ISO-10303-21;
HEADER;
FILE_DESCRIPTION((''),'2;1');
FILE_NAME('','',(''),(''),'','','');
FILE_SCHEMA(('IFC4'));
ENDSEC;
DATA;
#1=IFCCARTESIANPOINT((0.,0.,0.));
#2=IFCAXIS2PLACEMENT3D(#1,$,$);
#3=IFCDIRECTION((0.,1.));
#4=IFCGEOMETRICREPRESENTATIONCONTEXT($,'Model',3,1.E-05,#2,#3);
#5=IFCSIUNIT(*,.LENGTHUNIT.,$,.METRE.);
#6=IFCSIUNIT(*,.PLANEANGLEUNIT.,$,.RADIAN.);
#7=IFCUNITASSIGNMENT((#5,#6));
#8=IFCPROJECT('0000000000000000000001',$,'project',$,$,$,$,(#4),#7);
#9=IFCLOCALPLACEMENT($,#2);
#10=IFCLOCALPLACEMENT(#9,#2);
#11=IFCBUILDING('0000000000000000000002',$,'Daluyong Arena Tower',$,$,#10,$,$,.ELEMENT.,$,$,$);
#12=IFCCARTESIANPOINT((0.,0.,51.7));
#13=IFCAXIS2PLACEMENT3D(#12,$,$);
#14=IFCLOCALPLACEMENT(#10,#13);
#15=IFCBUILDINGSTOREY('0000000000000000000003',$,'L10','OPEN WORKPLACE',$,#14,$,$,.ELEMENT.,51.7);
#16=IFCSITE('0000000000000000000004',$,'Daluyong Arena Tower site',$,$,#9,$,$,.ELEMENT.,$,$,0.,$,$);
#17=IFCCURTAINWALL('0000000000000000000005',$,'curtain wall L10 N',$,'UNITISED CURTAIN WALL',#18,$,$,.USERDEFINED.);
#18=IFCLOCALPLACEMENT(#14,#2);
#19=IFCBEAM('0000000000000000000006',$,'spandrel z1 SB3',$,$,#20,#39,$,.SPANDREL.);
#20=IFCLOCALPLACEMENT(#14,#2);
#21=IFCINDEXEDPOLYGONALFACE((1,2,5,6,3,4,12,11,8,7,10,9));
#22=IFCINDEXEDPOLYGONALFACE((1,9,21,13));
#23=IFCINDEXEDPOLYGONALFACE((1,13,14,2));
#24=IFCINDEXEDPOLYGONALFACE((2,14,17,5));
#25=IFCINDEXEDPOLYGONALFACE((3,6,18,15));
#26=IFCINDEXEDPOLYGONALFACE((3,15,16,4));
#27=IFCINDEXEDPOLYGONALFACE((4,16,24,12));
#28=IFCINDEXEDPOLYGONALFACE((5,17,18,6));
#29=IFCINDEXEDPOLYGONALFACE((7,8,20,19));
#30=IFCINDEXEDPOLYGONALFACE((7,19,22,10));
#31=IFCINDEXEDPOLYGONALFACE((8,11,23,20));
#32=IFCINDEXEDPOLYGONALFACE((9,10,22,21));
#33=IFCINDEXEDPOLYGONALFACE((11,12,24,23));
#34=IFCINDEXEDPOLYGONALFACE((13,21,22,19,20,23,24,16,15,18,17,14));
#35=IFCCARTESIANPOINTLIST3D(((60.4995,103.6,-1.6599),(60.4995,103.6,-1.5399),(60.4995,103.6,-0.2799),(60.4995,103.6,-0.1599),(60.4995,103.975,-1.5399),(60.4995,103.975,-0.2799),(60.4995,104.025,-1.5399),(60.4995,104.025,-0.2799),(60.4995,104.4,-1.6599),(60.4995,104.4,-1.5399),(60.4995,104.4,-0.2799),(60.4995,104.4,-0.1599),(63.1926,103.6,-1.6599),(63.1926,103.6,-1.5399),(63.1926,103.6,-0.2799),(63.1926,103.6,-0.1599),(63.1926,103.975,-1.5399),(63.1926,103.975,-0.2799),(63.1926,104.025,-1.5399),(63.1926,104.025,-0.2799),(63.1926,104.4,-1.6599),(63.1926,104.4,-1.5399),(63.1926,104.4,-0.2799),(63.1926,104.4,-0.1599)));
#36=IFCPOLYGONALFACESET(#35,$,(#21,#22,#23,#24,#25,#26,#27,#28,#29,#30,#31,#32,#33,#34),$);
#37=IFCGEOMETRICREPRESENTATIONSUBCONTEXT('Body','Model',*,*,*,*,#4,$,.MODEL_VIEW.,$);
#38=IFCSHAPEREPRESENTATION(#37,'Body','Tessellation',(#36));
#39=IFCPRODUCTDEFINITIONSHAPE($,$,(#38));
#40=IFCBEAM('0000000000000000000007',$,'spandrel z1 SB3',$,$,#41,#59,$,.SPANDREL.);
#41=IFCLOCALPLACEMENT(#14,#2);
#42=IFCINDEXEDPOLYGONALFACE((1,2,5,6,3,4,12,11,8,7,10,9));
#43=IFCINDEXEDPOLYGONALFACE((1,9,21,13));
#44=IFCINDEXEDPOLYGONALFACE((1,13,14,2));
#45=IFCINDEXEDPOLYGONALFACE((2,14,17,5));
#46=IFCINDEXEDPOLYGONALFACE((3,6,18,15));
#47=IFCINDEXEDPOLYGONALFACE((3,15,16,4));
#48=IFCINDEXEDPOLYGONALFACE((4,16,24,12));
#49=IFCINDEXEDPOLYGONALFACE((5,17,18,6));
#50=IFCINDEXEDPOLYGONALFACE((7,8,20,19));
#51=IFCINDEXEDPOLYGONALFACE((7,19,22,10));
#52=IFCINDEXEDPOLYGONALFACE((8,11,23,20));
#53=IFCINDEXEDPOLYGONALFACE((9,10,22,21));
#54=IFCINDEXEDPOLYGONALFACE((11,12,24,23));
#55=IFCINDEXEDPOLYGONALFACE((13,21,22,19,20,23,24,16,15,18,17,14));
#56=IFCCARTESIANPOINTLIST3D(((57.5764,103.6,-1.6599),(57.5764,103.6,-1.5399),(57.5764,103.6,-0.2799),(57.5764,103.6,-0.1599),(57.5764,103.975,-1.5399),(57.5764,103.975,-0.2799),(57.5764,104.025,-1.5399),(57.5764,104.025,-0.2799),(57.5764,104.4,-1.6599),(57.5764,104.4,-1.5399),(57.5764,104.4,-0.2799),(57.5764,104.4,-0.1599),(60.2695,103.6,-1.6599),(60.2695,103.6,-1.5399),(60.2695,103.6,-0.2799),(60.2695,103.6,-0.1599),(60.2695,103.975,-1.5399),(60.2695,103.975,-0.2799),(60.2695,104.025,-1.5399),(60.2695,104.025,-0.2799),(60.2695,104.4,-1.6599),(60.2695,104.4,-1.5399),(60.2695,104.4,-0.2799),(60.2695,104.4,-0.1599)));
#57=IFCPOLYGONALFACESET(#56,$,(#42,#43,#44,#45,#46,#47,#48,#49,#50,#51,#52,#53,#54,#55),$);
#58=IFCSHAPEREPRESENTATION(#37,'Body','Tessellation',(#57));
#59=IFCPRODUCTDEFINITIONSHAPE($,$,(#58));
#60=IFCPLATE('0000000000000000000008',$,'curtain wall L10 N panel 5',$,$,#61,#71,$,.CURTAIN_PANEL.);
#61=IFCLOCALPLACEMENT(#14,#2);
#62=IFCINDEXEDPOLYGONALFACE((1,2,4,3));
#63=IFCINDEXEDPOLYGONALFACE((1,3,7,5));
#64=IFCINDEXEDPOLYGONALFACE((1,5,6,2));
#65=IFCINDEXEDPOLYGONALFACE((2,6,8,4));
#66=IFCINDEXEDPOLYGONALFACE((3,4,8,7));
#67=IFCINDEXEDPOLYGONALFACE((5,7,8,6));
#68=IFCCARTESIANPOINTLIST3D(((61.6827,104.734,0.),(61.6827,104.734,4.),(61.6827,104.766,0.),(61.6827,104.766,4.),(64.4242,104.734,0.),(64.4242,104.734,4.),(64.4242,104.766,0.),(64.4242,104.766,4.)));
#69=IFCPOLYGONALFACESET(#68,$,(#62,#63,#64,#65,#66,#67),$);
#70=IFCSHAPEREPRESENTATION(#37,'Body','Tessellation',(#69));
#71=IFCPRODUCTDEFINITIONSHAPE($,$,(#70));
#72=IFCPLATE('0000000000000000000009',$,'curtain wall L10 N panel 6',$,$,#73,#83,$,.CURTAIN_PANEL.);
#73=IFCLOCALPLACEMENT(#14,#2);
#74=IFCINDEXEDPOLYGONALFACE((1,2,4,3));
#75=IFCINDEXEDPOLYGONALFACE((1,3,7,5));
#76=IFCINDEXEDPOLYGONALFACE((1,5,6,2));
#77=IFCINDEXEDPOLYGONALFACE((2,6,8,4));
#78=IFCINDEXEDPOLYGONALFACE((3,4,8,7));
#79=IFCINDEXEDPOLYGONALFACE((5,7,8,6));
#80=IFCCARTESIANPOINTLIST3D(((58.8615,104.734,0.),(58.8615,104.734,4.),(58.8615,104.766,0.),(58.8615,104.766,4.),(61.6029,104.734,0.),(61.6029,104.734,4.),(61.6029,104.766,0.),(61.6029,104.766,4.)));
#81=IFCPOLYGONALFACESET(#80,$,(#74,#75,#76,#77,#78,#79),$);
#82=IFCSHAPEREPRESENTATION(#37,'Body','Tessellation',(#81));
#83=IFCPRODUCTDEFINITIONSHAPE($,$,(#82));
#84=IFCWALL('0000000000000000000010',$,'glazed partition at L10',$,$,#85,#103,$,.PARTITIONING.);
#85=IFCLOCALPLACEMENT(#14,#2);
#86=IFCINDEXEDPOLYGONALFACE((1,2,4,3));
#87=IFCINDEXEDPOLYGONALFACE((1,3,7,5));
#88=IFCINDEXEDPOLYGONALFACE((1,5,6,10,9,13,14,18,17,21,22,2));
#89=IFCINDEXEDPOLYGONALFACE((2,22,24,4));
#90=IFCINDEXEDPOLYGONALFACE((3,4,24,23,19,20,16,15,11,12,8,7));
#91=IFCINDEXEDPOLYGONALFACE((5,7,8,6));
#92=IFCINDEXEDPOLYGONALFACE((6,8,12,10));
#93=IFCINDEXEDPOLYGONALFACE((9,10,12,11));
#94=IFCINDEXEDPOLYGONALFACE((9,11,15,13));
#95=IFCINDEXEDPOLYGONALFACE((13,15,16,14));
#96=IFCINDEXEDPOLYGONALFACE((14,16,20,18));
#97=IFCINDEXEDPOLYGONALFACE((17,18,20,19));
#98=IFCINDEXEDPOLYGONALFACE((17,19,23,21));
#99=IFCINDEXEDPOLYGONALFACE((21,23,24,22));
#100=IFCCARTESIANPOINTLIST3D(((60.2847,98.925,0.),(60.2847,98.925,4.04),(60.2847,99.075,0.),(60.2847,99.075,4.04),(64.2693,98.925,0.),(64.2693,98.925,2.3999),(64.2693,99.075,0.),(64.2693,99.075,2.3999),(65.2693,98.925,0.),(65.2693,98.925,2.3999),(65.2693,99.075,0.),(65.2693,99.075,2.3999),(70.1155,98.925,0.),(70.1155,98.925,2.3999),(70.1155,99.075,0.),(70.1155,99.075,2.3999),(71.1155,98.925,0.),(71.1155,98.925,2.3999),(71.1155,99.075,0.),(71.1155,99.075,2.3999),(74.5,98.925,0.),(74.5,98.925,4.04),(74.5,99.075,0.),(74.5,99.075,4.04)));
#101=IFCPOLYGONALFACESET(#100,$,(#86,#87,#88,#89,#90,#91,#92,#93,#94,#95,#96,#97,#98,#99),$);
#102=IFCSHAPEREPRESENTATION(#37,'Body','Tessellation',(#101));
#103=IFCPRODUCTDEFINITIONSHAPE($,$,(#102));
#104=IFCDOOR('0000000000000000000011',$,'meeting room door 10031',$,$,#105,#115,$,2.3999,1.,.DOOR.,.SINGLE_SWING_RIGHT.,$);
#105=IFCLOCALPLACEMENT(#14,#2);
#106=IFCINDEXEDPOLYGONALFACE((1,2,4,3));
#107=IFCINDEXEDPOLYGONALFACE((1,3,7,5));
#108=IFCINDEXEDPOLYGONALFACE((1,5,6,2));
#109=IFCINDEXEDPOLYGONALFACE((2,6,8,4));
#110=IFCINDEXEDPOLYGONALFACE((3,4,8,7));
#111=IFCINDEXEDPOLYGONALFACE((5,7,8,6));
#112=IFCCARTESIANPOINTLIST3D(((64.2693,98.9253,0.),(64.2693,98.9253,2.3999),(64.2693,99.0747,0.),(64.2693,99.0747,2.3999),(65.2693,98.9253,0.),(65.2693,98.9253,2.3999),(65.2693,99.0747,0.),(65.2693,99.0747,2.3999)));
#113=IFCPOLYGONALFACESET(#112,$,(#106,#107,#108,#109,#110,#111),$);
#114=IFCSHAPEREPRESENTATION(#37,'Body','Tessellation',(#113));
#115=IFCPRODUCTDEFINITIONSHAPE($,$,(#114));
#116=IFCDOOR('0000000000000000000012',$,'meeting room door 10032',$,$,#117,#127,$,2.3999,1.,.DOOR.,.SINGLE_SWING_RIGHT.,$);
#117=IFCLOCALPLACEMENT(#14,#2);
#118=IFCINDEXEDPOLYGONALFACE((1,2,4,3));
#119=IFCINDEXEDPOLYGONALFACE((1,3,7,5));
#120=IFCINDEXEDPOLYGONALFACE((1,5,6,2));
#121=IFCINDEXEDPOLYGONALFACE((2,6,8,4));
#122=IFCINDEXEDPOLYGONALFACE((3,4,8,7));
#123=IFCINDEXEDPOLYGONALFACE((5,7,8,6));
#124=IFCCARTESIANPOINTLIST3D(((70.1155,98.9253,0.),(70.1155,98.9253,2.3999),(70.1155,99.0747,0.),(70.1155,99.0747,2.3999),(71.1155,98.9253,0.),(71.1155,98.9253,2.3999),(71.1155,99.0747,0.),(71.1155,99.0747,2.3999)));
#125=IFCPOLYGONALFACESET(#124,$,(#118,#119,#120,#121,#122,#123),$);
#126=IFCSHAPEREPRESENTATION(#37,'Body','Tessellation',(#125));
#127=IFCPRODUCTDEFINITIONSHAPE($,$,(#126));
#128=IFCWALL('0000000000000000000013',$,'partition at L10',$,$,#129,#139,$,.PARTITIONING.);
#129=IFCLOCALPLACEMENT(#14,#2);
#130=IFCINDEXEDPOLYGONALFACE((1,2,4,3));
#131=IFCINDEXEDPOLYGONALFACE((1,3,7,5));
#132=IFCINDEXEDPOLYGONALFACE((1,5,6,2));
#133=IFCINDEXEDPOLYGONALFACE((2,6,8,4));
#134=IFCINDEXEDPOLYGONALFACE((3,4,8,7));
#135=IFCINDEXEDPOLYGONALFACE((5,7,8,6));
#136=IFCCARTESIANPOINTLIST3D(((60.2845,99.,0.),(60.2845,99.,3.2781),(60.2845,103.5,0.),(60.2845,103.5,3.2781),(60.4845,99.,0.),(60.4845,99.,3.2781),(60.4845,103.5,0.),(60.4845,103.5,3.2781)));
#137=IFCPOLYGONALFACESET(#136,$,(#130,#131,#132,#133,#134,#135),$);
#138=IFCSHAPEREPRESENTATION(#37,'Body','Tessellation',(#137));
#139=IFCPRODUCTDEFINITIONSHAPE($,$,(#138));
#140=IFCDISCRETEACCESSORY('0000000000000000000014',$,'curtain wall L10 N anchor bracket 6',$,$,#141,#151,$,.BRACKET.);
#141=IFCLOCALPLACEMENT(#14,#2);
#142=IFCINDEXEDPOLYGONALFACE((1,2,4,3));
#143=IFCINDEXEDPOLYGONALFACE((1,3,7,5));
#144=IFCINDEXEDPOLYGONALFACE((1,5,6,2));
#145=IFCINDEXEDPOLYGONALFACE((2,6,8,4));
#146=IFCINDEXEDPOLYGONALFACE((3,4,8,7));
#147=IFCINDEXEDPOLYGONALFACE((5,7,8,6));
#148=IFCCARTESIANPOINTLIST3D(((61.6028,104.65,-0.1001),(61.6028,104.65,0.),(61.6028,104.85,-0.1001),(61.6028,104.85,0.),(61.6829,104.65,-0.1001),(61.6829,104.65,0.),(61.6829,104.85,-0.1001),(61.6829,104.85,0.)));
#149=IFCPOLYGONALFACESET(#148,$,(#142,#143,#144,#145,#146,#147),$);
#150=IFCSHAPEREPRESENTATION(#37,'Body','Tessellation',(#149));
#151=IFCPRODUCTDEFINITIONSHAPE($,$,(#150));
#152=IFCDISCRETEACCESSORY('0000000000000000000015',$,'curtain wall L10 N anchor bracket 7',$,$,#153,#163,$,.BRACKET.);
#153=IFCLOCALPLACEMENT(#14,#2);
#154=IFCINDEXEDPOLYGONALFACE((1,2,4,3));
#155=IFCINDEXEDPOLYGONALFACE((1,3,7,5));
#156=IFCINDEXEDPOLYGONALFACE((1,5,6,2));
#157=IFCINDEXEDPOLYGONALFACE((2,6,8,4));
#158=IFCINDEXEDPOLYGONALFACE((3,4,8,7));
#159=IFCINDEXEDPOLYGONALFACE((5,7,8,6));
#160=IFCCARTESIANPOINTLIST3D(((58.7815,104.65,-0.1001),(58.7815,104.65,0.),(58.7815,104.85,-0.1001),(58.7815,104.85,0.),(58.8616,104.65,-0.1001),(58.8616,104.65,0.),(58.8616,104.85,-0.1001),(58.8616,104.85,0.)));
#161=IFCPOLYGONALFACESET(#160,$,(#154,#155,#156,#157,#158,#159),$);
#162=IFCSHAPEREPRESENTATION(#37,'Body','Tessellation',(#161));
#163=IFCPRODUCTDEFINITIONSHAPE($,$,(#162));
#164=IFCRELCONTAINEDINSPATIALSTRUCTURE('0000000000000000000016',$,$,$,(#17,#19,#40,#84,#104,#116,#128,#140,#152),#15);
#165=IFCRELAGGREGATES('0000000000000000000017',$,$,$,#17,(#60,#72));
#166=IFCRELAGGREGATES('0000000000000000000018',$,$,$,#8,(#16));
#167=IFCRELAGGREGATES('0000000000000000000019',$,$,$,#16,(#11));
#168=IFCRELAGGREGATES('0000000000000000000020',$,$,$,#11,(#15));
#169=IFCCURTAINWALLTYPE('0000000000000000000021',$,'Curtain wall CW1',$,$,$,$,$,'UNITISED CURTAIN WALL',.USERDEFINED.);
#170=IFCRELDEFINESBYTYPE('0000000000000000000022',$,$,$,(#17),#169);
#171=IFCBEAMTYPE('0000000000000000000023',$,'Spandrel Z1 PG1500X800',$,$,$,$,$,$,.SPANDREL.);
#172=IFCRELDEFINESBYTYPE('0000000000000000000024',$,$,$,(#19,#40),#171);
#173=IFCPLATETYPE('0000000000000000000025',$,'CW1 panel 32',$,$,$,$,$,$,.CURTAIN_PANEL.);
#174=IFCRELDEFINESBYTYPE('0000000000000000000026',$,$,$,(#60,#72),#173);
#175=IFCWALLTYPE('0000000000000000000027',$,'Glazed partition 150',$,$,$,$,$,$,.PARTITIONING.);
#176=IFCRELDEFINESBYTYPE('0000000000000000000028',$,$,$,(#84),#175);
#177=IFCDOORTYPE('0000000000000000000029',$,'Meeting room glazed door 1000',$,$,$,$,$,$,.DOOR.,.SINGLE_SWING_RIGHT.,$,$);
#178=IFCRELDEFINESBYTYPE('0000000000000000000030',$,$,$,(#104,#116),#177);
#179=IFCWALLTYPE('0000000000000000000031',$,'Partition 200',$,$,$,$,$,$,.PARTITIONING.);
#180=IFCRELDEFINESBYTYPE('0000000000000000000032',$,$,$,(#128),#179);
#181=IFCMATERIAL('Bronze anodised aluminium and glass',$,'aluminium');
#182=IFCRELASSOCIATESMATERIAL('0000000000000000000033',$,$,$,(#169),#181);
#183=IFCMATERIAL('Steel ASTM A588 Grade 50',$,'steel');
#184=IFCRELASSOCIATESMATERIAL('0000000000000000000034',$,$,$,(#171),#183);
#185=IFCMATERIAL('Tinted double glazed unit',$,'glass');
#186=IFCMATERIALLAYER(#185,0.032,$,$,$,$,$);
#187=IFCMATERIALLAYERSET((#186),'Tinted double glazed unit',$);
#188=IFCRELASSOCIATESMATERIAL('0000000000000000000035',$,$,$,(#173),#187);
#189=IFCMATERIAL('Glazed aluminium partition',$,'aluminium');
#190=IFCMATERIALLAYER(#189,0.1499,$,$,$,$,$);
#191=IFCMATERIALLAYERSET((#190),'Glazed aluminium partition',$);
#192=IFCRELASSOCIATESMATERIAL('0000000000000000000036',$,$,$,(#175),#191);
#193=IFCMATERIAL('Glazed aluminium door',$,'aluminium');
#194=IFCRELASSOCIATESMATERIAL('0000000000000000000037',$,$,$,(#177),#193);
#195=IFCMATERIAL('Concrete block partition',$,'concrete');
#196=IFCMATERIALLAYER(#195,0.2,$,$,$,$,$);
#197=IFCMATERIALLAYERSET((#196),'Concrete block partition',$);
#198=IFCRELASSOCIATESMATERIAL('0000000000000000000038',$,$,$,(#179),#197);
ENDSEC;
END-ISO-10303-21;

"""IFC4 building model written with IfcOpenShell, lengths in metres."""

from ifc_helpers import new_model, si_unit, direction, frame, frame_2d, origin, origin_2d, place, context, subcontext, project, spatial, rectangle, i_section, extrude, material, layer, layer_set, material_profile, profile_set, type_object, element, fill, aggregate, save


model = new_model("IFC4")

# Units and contexts
model_context = context("Model", 3, precision=1e-05, world=origin(), true_north=direction((0.0, 1.0)))
body_context = subcontext(model_context, "Body", "Model", "MODEL_VIEW")
ifc_project = project(units=[si_unit("LENGTHUNIT", "METRE"), si_unit("PLANEANGLEUNIT", "RADIAN")], contexts=[model_context])

# Site, building, storey
site_placement = place(None, origin())
site = spatial("IfcSite", under=ifc_project, at=site_placement, Name="Daluyong Arena Tower site", CompositionType="ELEMENT", RefElevation=0.0)
building_placement = place(site_placement, origin())
building = spatial("IfcBuilding", under=site, at=building_placement, Name="Daluyong Arena Tower", CompositionType="ELEMENT")
storey_placement = place(building_placement, frame((0.0, 0.0, 51.7)))
storey = spatial("IfcBuildingStorey", under=building, at=storey_placement, Name="L10", Description="OPEN WORKPLACE", CompositionType="ELEMENT", Elevation=51.7)

# Curtain wall
ifc_material_1 = material(Name="Bronze anodised aluminium and glass", Category="aluminium")
curtain_wall_type = type_object("IfcCurtainWallType", Name="Curtain wall CW1", ElementType="UNITISED CURTAIN WALL", PredefinedType="USERDEFINED", material=ifc_material_1)
curtain_wall_placement = place(storey_placement, origin())
curtain_wall = element("IfcCurtainWall", 1, at=curtain_wall_placement, inside=storey, type_object=curtain_wall_type, Name="curtain wall L10 N", ObjectType="UNITISED CURTAIN WALL", PredefinedType="USERDEFINED")

# Beams
ifc_material_2 = material(Name="Steel ASTM A588 Grade 50", Category="steel")
ifc_material_profile_1 = material_profile(ifc_material_2, i_section(OverallWidth=0.8, OverallDepth=1.5, WebThickness=0.05, FlangeThickness=0.12, at=origin_2d()))
ifc_profile_set_1 = profile_set([ifc_material_profile_1], Name="Steel ASTM A588 Grade 50")
beam_type_1 = type_object("IfcBeamType", Name="Spandrel Z1 PG1500X800", PredefinedType="SPANDREL", material=ifc_profile_set_1)
for number, where, z_axis, x_axis, name in (
    (2, (63.1926, 104.0, -0.9099), (-1.0, 0.0, 0.0), (0.0, -1.0, 0.0), "spandrel z1 SB3"),
    (3, (60.2695, 104.0, -0.9099), (-1.0, 0.0, 0.0), (0.0, -1.0, 0.0), "spandrel z1 SB3"),
):
    element("IfcBeam", number, at=place(storey_placement, frame(where, z_axis=z_axis, x_axis=x_axis)), inside=storey, type_object=beam_type_1, Name=name, PredefinedType="SPANDREL", context=body_context, shape_type="SweptSolid", body=[
        extrude(i_section(OverallWidth=0.8, OverallDepth=1.5, WebThickness=0.05, FlangeThickness=0.12, at=origin_2d()), origin(), (0.0, 0.0, 1.0), 2.6931),
    ])

# Plates
ifc_material_3 = material(Name="Tinted double glazed unit", Category="glass")
ifc_layer_1 = layer(ifc_material_3, 0.032)
ifc_layer_set_1 = layer_set([ifc_layer_1], Name="Tinted double glazed unit")
plate_type = type_object("IfcPlateType", Name="CW1 panel 32", PredefinedType="CURTAIN_PANEL", material=ifc_layer_set_1)
plate_1_placement = place(storey_placement, frame((63.0535, 104.75, 0.0), z_axis=(0.0, 0.0, 1.0), x_axis=(-1.0, 0.0, 0.0)))
plate_1 = element("IfcPlate", 4, at=plate_1_placement, type_object=plate_type, Name="curtain wall L10 N panel 5", PredefinedType="CURTAIN_PANEL", context=body_context, shape_type="SweptSolid", body=[
    extrude(rectangle(XDim=2.7415, YDim=0.032, at=origin_2d()), origin(), (0.0, 0.0, 1.0), 4.0),
])
plate_2_placement = place(storey_placement, frame((60.2322, 104.75, 0.0), z_axis=(0.0, 0.0, 1.0), x_axis=(-1.0, 0.0, 0.0)))
plate_2 = element("IfcPlate", 5, at=plate_2_placement, type_object=plate_type, Name="curtain wall L10 N panel 6", PredefinedType="CURTAIN_PANEL", context=body_context, shape_type="SweptSolid", body=[
    extrude(rectangle(XDim=2.7415, YDim=0.032, at=origin_2d()), origin(), (0.0, 0.0, 1.0), 4.0),
])
aggregate(curtain_wall, [plate_1, plate_2])

# Wall, openings, doors
ifc_material_4 = material(Name="Glazed aluminium partition", Category="aluminium")
ifc_layer_2 = layer(ifc_material_4, 0.1499)
ifc_layer_set_2 = layer_set([ifc_layer_2], Name="Glazed aluminium partition")
wall_type_1 = type_object("IfcWallType", Name="Glazed partition 150", PredefinedType="PARTITIONING", material=ifc_layer_set_2)
wall_1_placement = place(storey_placement, frame((60.2847, 99.0, 0.0), z_axis=(0.0, 0.0, 1.0), x_axis=(1.0, 0.0, 0.0)))
wall_1 = element("IfcWall", 6, at=wall_1_placement, inside=storey, type_object=wall_type_1, Name="glazed partition at L10", PredefinedType="PARTITIONING", context=body_context, shape_type="SweptSolid", body=[
    extrude(rectangle(XDim=14.2153, YDim=0.1499, at=frame_2d((7.1077, 0.0))), origin(), (0.0, 0.0, 1.0), 4.04),
])
opening_1_placement = place(wall_1_placement, frame((3.9846, 0.0, 0.0)))
opening_1 = element("IfcOpeningElement", 7, at=opening_1_placement, cuts=wall_1, PredefinedType="OPENING", context=body_context, shape_type="SweptSolid", body=[
    extrude(rectangle(XDim=1.0, YDim=2.3999, at=frame_2d((0.5, 1.2))), frame((0.0, 0.085, 0.0), z_axis=(0.0, -1.0, 0.0), x_axis=(1.0, 0.0, 0.0)), (0.0, 0.0, 1.0), 0.1699),
])
opening_2_placement = place(wall_1_placement, frame((9.8308, 0.0, 0.0)))
opening_2 = element("IfcOpeningElement", 8, at=opening_2_placement, cuts=wall_1, PredefinedType="OPENING", context=body_context, shape_type="SweptSolid", body=[
    extrude(rectangle(XDim=1.0, YDim=2.3999, at=frame_2d((0.5, 1.2))), frame((0.0, 0.085, 0.0), z_axis=(0.0, -1.0, 0.0), x_axis=(1.0, 0.0, 0.0)), (0.0, 0.0, 1.0), 0.1699),
])
ifc_material_5 = material(Name="Glazed aluminium door", Category="aluminium")
door_type = type_object("IfcDoorType", Name="Meeting room glazed door 1000", OperationType="SINGLE_SWING_RIGHT", PredefinedType="DOOR", material=ifc_material_5)
door_1_placement = place(opening_1_placement, origin())
door_1 = element("IfcDoor", 9, at=door_1_placement, inside=storey, type_object=door_type, Name="meeting room door 10031", OperationType="SINGLE_SWING_RIGHT", OverallHeight=2.3999, OverallWidth=1.0, PredefinedType="DOOR", context=body_context, shape_type="SweptSolid", body=[
    extrude(rectangle(XDim=1.0, YDim=2.3999, at=frame_2d((0.5, 1.2))), frame((0.0, 0.0747, 0.0), z_axis=(0.0, -1.0, 0.0), x_axis=(1.0, 0.0, 0.0)), (0.0, 0.0, 1.0), 0.1494),
])
fill(opening_1, door_1)
door_2_placement = place(opening_2_placement, origin())
door_2 = element("IfcDoor", 10, at=door_2_placement, inside=storey, type_object=door_type, Name="meeting room door 10032", OperationType="SINGLE_SWING_RIGHT", OverallHeight=2.3999, OverallWidth=1.0, PredefinedType="DOOR", context=body_context, shape_type="SweptSolid", body=[
    extrude(rectangle(XDim=1.0, YDim=2.3999, at=frame_2d((0.5, 1.2))), frame((0.0, 0.0747, 0.0), z_axis=(0.0, -1.0, 0.0), x_axis=(1.0, 0.0, 0.0)), (0.0, 0.0, 1.0), 0.1494),
])
fill(opening_2, door_2)

# Wall
ifc_material_6 = material(Name="Concrete block partition", Category="concrete")
ifc_layer_3 = layer(ifc_material_6, 0.2)
ifc_layer_set_3 = layer_set([ifc_layer_3], Name="Concrete block partition")
wall_type_2 = type_object("IfcWallType", Name="Partition 200", PredefinedType="PARTITIONING", material=ifc_layer_set_3)
wall_2_placement = place(storey_placement, frame((60.3845, 99.0, 0.0), z_axis=(0.0, 0.0, 1.0), x_axis=(0.0, 1.0, 0.0)))
element("IfcWall", 11, at=wall_2_placement, inside=storey, type_object=wall_type_2, Name="partition at L10", PredefinedType="PARTITIONING", context=body_context, shape_type="SweptSolid", body=[
    extrude(rectangle(XDim=4.5, YDim=0.2, at=frame_2d((2.25, 0.0))), origin(), (0.0, 0.0, 1.0), 3.2781),
])

# Discrete accessories
for number, where, z_axis, x_axis, name in (
    (12, (61.6428, 104.75, -0.1001), (0.0, 0.0, 1.0), (-1.0, 0.0, 0.0), "curtain wall L10 N anchor bracket 6"),
    (13, (58.8215, 104.75, -0.1001), (0.0, 0.0, 1.0), (-1.0, 0.0, 0.0), "curtain wall L10 N anchor bracket 7"),
):
    element("IfcDiscreteAccessory", number, at=place(storey_placement, frame(where, z_axis=z_axis, x_axis=x_axis)), inside=storey, Name=name, PredefinedType="BRACKET", context=body_context, shape_type="SweptSolid", body=[
        extrude(rectangle(XDim=0.0801, YDim=0.2, at=origin_2d()), origin(), (0.0, 0.0, 1.0), 0.1001),
    ])

save(model, "model.ifc")
